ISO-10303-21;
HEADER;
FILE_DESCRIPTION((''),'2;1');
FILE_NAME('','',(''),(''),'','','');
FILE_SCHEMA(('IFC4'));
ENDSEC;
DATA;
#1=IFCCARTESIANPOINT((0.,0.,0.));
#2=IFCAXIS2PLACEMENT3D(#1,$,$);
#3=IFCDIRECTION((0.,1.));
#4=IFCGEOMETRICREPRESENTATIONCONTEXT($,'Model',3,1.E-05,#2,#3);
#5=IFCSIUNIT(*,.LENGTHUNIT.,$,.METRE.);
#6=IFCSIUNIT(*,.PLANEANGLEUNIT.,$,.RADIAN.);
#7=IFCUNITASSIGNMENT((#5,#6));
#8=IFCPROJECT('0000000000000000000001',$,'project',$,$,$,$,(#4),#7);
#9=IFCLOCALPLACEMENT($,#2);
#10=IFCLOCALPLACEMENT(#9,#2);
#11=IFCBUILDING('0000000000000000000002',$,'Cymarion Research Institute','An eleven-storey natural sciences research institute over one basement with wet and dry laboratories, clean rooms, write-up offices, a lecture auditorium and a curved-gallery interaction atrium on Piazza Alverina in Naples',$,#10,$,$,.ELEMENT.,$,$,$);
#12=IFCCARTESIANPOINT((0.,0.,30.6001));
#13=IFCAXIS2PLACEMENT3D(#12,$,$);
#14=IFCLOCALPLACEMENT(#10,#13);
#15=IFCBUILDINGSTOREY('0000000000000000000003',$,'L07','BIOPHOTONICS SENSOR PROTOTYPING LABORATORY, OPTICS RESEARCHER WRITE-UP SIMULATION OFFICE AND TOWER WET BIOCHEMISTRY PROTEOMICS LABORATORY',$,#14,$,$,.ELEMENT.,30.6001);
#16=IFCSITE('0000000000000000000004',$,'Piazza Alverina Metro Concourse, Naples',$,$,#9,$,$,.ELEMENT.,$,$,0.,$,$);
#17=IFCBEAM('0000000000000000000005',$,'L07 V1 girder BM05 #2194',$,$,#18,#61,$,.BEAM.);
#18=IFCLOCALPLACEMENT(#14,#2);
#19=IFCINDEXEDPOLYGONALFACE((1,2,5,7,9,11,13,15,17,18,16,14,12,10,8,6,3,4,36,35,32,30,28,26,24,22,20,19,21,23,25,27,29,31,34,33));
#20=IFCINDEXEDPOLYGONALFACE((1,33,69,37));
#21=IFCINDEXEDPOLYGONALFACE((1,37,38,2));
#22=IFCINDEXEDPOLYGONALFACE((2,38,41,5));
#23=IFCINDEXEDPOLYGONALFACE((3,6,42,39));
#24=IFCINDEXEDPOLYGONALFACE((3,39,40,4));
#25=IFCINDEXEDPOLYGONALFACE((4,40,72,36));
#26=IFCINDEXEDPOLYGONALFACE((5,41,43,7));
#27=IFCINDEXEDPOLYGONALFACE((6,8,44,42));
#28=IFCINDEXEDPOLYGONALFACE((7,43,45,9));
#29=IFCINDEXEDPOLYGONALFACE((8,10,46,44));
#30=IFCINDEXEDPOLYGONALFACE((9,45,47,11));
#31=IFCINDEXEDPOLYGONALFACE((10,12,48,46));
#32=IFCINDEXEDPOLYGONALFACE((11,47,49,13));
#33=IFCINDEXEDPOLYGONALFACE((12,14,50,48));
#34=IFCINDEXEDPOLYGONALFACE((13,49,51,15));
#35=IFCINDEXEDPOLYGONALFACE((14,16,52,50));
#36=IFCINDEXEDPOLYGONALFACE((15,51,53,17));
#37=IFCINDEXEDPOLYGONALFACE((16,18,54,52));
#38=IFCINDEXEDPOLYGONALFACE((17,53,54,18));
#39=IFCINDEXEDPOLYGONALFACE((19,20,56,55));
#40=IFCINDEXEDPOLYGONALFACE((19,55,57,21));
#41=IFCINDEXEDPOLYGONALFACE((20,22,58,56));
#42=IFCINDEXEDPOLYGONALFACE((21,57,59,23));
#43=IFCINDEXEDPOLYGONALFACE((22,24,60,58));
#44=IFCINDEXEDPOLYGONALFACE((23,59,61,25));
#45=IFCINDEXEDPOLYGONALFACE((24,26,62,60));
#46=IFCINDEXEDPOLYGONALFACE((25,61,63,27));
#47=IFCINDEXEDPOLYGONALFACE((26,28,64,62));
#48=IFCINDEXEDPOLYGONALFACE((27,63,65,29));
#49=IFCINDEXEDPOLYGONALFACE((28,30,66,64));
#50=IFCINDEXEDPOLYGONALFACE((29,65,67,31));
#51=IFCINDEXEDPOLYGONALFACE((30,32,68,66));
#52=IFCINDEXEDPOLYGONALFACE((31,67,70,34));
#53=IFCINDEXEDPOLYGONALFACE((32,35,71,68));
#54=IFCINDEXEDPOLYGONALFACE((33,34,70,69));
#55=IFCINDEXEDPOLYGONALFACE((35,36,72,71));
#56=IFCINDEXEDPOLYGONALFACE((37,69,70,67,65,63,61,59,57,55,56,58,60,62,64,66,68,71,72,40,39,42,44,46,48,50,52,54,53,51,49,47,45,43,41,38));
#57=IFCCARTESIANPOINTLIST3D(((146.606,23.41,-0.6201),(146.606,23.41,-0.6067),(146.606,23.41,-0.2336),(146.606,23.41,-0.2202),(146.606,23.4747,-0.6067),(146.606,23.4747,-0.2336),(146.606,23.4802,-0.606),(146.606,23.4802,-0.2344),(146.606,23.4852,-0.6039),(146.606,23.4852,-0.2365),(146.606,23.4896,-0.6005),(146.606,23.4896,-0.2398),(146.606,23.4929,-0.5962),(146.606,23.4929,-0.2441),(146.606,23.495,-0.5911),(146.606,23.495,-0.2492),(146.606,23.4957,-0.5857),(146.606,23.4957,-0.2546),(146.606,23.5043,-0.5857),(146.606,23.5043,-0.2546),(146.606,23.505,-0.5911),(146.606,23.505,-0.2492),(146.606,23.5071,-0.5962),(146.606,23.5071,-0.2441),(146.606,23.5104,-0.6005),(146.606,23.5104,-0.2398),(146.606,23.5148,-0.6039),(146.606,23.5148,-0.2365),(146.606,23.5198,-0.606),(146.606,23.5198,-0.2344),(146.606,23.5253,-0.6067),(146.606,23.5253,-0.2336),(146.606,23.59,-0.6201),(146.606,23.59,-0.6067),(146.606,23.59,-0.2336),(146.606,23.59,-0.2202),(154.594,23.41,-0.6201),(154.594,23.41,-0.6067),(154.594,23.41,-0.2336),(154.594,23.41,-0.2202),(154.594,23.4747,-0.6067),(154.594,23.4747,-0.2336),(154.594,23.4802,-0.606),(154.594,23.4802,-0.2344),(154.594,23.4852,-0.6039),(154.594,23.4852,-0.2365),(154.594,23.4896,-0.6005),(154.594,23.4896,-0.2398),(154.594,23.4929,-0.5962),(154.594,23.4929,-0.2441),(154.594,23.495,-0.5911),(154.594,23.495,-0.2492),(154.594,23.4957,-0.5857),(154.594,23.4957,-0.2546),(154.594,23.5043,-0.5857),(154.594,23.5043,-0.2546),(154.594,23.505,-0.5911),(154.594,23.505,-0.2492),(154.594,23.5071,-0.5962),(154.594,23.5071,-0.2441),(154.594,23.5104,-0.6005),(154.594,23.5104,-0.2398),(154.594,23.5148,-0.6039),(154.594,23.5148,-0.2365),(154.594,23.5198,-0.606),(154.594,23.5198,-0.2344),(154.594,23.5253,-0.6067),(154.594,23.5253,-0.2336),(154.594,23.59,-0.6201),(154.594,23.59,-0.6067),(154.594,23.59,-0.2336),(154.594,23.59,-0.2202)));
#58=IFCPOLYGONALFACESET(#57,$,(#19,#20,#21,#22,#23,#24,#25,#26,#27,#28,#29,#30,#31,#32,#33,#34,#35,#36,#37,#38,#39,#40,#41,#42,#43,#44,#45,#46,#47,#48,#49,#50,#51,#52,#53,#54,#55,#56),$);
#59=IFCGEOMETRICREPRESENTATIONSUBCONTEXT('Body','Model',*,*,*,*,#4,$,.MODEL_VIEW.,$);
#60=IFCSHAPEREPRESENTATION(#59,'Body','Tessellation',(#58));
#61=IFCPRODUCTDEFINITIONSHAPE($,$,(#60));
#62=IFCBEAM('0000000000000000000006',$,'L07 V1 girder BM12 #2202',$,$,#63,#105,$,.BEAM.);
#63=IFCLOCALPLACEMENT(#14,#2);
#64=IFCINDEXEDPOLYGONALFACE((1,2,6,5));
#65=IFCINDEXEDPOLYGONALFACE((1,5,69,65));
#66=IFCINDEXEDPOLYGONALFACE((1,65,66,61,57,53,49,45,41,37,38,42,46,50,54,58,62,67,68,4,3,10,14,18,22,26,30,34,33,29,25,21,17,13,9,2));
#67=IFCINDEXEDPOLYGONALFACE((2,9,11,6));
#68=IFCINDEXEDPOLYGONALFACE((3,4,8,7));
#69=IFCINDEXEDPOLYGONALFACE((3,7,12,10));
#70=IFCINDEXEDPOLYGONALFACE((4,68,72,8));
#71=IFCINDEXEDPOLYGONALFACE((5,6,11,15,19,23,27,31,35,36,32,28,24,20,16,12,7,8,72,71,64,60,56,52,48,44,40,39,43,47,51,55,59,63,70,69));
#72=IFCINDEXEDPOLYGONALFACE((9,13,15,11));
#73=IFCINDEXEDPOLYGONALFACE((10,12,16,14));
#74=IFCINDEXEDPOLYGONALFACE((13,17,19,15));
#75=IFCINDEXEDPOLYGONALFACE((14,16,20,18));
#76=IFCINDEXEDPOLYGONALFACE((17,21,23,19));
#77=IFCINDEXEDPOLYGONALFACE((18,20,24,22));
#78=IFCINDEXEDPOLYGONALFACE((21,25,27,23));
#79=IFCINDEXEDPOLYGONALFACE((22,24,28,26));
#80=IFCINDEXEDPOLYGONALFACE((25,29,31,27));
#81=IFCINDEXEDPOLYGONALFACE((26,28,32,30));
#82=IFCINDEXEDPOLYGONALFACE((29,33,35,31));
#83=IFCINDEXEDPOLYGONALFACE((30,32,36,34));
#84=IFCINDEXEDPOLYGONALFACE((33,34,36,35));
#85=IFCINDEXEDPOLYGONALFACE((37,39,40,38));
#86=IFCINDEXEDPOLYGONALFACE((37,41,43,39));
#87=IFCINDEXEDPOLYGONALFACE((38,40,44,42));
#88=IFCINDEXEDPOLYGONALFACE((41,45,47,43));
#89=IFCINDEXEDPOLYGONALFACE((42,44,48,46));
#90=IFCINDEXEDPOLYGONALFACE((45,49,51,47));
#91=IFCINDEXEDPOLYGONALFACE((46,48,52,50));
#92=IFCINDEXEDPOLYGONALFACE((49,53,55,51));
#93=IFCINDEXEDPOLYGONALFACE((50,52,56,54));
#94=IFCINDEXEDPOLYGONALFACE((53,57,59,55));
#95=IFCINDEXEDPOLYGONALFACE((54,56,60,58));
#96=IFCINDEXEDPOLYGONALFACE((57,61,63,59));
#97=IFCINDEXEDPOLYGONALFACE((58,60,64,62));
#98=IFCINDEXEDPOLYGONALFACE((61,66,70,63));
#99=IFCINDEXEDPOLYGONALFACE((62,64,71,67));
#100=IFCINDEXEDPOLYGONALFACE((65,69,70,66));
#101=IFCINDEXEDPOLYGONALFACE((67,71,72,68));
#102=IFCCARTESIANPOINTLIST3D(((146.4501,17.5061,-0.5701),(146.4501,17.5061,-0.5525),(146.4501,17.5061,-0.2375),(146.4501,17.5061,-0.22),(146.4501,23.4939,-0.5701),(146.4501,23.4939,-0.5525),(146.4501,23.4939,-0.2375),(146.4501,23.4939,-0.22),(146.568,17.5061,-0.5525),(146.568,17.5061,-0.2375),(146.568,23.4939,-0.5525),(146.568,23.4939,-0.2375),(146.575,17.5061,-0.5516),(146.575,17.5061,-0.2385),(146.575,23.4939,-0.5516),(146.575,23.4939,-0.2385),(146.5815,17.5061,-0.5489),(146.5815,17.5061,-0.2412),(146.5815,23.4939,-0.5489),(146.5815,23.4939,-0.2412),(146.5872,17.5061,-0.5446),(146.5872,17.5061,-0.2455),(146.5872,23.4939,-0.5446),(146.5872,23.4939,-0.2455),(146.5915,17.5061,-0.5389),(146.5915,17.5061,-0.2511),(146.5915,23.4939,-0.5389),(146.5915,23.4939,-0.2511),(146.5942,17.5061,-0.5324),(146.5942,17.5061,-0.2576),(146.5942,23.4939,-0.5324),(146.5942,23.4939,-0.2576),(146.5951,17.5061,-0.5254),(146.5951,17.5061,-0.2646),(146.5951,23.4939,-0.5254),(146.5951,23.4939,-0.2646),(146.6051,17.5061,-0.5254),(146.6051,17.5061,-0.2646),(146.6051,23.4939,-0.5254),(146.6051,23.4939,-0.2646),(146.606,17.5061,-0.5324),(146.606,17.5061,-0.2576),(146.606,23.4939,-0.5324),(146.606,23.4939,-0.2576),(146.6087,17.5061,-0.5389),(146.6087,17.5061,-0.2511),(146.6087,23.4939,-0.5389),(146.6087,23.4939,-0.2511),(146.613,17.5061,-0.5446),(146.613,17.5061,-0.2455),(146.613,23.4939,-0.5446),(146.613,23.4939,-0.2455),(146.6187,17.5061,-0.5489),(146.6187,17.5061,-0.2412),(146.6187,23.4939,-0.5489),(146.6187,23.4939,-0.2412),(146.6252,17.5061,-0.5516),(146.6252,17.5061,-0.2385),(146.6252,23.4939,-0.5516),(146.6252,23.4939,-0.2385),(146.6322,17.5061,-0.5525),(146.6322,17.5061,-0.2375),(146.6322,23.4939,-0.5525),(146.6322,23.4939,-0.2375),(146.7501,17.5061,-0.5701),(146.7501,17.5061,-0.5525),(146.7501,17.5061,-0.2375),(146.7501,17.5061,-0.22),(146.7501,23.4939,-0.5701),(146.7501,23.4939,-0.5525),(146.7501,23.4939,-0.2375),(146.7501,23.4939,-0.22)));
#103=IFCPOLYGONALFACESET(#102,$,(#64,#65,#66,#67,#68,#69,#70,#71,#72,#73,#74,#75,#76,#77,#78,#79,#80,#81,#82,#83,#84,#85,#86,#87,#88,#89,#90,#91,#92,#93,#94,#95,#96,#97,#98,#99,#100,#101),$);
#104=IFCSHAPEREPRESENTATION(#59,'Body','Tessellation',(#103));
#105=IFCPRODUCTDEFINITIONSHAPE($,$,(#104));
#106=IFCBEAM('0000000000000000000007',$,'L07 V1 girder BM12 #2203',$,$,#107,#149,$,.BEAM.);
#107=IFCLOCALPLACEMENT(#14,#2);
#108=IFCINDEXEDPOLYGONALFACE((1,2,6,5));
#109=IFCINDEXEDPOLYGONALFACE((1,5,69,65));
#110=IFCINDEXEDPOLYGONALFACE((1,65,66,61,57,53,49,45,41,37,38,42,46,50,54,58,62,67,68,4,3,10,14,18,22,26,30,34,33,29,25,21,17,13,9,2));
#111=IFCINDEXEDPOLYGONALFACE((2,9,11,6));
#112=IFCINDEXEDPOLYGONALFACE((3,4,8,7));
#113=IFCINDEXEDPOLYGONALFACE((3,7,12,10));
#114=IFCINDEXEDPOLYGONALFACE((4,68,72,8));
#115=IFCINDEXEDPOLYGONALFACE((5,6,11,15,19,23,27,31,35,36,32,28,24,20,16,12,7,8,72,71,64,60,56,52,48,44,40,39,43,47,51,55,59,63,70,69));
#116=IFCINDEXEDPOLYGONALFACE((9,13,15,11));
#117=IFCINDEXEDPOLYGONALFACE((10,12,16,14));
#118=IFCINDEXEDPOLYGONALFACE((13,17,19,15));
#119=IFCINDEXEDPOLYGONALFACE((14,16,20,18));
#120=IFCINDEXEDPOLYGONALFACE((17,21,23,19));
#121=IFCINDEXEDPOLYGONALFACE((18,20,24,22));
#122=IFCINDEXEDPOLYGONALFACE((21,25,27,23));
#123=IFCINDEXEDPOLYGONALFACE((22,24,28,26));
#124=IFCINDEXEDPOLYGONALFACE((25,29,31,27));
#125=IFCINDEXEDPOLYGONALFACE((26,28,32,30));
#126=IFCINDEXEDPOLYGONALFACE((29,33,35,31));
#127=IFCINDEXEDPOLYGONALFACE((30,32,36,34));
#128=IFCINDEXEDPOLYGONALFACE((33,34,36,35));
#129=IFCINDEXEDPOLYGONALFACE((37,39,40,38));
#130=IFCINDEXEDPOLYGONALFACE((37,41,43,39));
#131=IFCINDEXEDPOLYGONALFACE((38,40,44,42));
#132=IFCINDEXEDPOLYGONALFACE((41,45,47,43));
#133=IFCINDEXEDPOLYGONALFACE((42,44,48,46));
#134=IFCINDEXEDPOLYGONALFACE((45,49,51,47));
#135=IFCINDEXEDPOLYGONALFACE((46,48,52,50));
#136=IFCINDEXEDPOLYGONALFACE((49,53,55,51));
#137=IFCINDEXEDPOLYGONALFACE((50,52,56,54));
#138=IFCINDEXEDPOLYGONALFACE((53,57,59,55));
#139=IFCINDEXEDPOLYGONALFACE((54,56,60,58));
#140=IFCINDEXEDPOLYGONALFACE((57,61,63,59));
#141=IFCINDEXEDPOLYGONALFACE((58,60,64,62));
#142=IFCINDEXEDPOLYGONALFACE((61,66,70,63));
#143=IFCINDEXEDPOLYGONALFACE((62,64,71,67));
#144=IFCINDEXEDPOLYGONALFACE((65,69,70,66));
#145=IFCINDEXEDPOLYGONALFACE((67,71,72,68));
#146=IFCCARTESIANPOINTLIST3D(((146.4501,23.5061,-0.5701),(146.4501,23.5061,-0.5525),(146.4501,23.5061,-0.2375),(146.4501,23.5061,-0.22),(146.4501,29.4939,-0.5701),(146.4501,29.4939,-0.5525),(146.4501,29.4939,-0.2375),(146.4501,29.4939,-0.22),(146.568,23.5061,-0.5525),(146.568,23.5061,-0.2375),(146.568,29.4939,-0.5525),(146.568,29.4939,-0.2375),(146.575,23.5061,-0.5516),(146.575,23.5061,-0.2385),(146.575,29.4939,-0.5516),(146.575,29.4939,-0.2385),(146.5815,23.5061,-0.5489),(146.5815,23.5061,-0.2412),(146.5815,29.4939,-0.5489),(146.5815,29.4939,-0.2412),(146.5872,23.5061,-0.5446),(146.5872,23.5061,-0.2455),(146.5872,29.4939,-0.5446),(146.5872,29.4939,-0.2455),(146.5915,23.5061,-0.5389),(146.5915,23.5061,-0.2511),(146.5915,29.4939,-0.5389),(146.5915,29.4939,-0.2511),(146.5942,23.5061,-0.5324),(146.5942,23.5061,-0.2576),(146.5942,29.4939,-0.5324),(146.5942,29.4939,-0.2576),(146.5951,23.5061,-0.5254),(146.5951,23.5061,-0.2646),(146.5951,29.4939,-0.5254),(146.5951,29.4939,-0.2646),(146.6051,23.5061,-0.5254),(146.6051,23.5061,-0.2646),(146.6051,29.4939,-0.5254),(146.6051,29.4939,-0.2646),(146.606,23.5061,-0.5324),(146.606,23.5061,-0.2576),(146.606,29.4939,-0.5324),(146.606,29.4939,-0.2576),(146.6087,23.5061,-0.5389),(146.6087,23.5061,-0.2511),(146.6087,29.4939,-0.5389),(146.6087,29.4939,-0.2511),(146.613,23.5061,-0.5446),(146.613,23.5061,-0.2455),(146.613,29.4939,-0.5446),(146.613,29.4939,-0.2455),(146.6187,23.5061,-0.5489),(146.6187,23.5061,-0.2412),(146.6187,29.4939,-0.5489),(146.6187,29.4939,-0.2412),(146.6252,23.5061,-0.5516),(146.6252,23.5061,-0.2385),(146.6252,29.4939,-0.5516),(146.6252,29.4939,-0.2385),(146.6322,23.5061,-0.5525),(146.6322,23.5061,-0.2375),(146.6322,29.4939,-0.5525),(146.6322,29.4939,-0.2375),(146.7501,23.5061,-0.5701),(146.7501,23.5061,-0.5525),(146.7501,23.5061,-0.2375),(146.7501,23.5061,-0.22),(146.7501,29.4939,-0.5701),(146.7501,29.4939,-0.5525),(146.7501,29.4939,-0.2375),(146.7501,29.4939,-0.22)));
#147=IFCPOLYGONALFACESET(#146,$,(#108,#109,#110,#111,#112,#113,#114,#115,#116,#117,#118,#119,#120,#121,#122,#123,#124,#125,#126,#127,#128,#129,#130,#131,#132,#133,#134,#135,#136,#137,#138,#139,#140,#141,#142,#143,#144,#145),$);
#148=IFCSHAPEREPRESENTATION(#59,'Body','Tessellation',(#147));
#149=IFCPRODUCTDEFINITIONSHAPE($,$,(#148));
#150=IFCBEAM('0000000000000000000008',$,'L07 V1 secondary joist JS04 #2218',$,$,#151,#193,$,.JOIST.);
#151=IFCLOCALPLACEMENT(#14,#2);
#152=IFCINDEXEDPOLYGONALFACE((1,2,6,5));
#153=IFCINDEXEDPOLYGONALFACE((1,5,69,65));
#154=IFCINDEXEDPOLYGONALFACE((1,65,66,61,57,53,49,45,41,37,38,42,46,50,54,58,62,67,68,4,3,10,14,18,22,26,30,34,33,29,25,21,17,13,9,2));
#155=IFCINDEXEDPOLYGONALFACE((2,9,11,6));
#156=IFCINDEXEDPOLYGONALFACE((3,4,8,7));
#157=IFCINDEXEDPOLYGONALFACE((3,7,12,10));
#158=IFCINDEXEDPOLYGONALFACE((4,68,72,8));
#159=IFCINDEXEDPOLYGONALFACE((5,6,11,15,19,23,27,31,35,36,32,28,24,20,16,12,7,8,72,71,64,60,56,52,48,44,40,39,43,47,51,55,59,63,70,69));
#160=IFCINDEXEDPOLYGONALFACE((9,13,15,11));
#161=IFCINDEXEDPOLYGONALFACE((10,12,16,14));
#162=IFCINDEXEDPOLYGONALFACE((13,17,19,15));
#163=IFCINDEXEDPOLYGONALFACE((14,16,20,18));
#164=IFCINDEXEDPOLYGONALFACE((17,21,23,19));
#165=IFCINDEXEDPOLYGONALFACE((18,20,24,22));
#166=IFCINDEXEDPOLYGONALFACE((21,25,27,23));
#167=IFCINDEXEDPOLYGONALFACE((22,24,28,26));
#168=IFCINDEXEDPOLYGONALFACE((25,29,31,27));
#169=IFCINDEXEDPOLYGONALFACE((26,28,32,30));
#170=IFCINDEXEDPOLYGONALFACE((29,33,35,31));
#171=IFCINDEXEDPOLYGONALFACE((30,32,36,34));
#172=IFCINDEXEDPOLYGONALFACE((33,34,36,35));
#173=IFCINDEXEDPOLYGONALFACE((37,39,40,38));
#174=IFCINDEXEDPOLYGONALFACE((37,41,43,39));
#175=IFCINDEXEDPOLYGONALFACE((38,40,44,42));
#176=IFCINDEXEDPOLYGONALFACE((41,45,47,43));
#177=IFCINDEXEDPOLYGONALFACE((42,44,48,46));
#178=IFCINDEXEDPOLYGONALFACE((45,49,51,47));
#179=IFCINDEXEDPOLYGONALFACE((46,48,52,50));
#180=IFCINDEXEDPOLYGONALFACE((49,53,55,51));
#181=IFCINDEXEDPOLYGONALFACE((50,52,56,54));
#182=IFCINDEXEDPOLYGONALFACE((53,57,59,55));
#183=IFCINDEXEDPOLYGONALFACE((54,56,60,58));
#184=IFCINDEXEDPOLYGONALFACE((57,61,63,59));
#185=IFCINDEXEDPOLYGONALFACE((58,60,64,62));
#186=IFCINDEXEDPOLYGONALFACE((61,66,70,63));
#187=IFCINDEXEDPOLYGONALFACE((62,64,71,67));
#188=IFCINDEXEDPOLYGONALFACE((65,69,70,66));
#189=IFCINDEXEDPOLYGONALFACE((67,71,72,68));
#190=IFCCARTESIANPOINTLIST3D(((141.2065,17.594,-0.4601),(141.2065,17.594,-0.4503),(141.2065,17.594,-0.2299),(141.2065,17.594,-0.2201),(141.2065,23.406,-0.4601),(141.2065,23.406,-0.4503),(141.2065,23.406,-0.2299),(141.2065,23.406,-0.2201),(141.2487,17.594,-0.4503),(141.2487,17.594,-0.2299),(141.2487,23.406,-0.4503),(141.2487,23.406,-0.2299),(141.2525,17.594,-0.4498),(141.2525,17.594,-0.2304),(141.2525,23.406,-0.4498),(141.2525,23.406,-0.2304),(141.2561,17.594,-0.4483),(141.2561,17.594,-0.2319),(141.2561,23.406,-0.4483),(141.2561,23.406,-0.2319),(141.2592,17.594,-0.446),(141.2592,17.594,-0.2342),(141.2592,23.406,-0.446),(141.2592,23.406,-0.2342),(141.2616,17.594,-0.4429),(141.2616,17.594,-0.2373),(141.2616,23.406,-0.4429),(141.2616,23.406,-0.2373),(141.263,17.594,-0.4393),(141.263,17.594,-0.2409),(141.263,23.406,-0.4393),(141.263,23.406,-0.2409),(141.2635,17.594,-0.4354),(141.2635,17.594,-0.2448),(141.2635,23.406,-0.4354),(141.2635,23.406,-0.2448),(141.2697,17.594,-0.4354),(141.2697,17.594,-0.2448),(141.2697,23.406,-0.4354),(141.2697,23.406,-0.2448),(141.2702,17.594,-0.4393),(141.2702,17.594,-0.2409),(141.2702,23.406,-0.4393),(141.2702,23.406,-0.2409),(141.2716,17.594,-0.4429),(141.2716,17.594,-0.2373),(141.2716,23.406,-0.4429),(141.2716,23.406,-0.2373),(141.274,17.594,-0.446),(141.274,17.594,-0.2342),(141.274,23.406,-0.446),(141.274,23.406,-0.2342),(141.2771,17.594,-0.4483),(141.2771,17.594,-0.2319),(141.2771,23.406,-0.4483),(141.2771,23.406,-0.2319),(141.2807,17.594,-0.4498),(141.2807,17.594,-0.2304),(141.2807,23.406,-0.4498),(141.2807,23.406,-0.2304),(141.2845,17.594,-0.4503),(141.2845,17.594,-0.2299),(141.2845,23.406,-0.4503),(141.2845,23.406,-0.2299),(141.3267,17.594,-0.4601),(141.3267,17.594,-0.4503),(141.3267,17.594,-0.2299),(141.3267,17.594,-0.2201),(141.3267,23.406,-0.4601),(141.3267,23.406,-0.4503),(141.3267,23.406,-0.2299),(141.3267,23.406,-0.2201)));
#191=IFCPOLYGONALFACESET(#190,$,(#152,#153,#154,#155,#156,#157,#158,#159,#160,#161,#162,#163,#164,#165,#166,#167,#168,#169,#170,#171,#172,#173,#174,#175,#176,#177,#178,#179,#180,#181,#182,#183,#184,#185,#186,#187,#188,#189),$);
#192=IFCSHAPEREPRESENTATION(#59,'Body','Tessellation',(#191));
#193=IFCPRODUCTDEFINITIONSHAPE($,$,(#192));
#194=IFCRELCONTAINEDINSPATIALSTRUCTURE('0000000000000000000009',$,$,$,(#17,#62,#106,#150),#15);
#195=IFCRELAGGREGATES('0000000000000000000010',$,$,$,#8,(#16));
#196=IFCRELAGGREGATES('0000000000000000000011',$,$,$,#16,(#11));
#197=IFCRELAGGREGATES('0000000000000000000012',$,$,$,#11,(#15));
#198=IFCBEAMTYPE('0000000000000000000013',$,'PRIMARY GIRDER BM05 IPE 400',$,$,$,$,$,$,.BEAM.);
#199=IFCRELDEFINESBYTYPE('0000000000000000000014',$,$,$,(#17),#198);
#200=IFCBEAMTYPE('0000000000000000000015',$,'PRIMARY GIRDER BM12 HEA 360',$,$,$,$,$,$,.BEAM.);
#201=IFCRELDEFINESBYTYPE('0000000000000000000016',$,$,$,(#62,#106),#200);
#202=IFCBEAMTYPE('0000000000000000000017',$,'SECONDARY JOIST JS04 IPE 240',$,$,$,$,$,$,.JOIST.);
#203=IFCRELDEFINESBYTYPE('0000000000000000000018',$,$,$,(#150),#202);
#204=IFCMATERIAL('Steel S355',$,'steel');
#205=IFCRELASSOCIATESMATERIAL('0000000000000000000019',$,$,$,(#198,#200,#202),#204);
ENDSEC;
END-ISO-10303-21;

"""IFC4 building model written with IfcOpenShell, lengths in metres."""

from ifc_helpers import new_model, si_unit, direction, frame, origin, origin_2d, place, context, subcontext, project, spatial, i_section, extrude, material, material_profile, profile_set, type_object, element, save


model = new_model("IFC4")

# Units and contexts
model_context = context("Model", 3, precision=1e-05, world=origin(), true_north=direction((0.0, 1.0)))
body_context = subcontext(model_context, "Body", "Model", "MODEL_VIEW")
ifc_project = project(units=[si_unit("LENGTHUNIT", "METRE"), si_unit("PLANEANGLEUNIT", "RADIAN")], contexts=[model_context])

# Site, building, storey
site_placement = place(None, origin())
site = spatial("IfcSite", under=ifc_project, at=site_placement, Name="Piazza Alverina Metro Concourse, Naples", CompositionType="ELEMENT", RefElevation=0.0)
building_placement = place(site_placement, origin())
building = spatial("IfcBuilding", under=site, at=building_placement, Name="Cymarion Research Institute", Description="An eleven-storey natural sciences research institute over one basement with wet and dry laboratories, clean rooms, write-up offices, a lecture auditorium and a curved-gallery interaction atrium on Piazza Alverina in Naples", CompositionType="ELEMENT")
storey_placement = place(building_placement, frame((0.0, 0.0, 30.6001)))
storey = spatial("IfcBuildingStorey", under=building, at=storey_placement, Name="L07", Description="BIOPHOTONICS SENSOR PROTOTYPING LABORATORY, OPTICS RESEARCHER WRITE-UP SIMULATION OFFICE AND TOWER WET BIOCHEMISTRY PROTEOMICS LABORATORY", CompositionType="ELEMENT", Elevation=30.6001)

# Shared definitions
ifc_material_1 = material(Name="Steel S355", Category="steel")

# Beams
ifc_material_profile_1 = material_profile(ifc_material_1, i_section(OverallWidth=0.1799, OverallDepth=0.3999, WebThickness=0.0085, FlangeThickness=0.0134, FilletRadius=0.021, at=origin_2d()), Name="IPE 400")
ifc_profile_set_1 = profile_set([ifc_material_profile_1], Name="Steel S355")
beam_type_1 = type_object("IfcBeamType", Name="PRIMARY GIRDER BM05 IPE 400", PredefinedType="BEAM", material=ifc_profile_set_1)
for number, where, z_axis, x_axis, name in (
    (1, (146.606, 23.5, -0.4202), (1.0, 0.0, 0.0), (0.0, 1.0, 0.0), "L07 V1 girder BM05 #2194"),
):
    element("IfcBeam", number, at=place(storey_placement, frame(where, z_axis=z_axis, x_axis=x_axis)), inside=storey, type_object=beam_type_1, Name=name, PredefinedType="BEAM", context=body_context, shape_type="SweptSolid", body=[
        extrude(i_section(OverallWidth=0.1799, OverallDepth=0.3999, WebThickness=0.0085, FlangeThickness=0.0134, FilletRadius=0.021, at=origin_2d()), origin(), (0.0, 0.0, 1.0), 7.988),
    ])
ifc_material_profile_2 = material_profile(ifc_material_1, i_section(OverallWidth=0.3, OverallDepth=0.3501, WebThickness=0.01, FlangeThickness=0.0176, FilletRadius=0.0271, at=origin_2d()), Name="HEA 360")
ifc_profile_set_2 = profile_set([ifc_material_profile_2], Name="Steel S355")
beam_type_2 = type_object("IfcBeamType", Name="PRIMARY GIRDER BM12 HEA 360", PredefinedType="BEAM", material=ifc_profile_set_2)
for number, where, z_axis, x_axis, name in (
    (2, (146.6001, 17.5061, -0.395), (0.0, 1.0, 0.0), (-1.0, 0.0, 0.0), "L07 V1 girder BM12 #2202"),
    (3, (146.6001, 23.5061, -0.395), (0.0, 1.0, 0.0), (-1.0, 0.0, 0.0), "L07 V1 girder BM12 #2203"),
):
    element("IfcBeam", number, at=place(storey_placement, frame(where, z_axis=z_axis, x_axis=x_axis)), inside=storey, type_object=beam_type_2, Name=name, PredefinedType="BEAM", context=body_context, shape_type="SweptSolid", body=[
        extrude(i_section(OverallWidth=0.3, OverallDepth=0.3501, WebThickness=0.01, FlangeThickness=0.0176, FilletRadius=0.0271, at=origin_2d()), origin(), (0.0, 0.0, 1.0), 5.9878),
    ])
ifc_material_profile_3 = material_profile(ifc_material_1, i_section(OverallWidth=0.1201, OverallDepth=0.24, WebThickness=0.0061, FlangeThickness=0.0098, FilletRadius=0.0149, at=origin_2d()), Name="IPE 240")
ifc_profile_set_3 = profile_set([ifc_material_profile_3], Name="Steel S355")
beam_type_3 = type_object("IfcBeamType", Name="SECONDARY JOIST JS04 IPE 240", PredefinedType="JOIST", material=ifc_profile_set_3)
for number, where, z_axis, x_axis, name in (
    (4, (141.2666, 17.594, -0.3401), (0.0, 1.0, 0.0), (-1.0, 0.0, 0.0), "L07 V1 secondary joist JS04 #2218"),
):
    element("IfcBeam", number, at=place(storey_placement, frame(where, z_axis=z_axis, x_axis=x_axis)), inside=storey, type_object=beam_type_3, Name=name, PredefinedType="JOIST", context=body_context, shape_type="SweptSolid", body=[
        extrude(i_section(OverallWidth=0.1201, OverallDepth=0.24, WebThickness=0.0061, FlangeThickness=0.0098, FilletRadius=0.0149, at=origin_2d()), origin(), (0.0, 0.0, 1.0), 5.812),
    ])

save(model, "model.ifc")
